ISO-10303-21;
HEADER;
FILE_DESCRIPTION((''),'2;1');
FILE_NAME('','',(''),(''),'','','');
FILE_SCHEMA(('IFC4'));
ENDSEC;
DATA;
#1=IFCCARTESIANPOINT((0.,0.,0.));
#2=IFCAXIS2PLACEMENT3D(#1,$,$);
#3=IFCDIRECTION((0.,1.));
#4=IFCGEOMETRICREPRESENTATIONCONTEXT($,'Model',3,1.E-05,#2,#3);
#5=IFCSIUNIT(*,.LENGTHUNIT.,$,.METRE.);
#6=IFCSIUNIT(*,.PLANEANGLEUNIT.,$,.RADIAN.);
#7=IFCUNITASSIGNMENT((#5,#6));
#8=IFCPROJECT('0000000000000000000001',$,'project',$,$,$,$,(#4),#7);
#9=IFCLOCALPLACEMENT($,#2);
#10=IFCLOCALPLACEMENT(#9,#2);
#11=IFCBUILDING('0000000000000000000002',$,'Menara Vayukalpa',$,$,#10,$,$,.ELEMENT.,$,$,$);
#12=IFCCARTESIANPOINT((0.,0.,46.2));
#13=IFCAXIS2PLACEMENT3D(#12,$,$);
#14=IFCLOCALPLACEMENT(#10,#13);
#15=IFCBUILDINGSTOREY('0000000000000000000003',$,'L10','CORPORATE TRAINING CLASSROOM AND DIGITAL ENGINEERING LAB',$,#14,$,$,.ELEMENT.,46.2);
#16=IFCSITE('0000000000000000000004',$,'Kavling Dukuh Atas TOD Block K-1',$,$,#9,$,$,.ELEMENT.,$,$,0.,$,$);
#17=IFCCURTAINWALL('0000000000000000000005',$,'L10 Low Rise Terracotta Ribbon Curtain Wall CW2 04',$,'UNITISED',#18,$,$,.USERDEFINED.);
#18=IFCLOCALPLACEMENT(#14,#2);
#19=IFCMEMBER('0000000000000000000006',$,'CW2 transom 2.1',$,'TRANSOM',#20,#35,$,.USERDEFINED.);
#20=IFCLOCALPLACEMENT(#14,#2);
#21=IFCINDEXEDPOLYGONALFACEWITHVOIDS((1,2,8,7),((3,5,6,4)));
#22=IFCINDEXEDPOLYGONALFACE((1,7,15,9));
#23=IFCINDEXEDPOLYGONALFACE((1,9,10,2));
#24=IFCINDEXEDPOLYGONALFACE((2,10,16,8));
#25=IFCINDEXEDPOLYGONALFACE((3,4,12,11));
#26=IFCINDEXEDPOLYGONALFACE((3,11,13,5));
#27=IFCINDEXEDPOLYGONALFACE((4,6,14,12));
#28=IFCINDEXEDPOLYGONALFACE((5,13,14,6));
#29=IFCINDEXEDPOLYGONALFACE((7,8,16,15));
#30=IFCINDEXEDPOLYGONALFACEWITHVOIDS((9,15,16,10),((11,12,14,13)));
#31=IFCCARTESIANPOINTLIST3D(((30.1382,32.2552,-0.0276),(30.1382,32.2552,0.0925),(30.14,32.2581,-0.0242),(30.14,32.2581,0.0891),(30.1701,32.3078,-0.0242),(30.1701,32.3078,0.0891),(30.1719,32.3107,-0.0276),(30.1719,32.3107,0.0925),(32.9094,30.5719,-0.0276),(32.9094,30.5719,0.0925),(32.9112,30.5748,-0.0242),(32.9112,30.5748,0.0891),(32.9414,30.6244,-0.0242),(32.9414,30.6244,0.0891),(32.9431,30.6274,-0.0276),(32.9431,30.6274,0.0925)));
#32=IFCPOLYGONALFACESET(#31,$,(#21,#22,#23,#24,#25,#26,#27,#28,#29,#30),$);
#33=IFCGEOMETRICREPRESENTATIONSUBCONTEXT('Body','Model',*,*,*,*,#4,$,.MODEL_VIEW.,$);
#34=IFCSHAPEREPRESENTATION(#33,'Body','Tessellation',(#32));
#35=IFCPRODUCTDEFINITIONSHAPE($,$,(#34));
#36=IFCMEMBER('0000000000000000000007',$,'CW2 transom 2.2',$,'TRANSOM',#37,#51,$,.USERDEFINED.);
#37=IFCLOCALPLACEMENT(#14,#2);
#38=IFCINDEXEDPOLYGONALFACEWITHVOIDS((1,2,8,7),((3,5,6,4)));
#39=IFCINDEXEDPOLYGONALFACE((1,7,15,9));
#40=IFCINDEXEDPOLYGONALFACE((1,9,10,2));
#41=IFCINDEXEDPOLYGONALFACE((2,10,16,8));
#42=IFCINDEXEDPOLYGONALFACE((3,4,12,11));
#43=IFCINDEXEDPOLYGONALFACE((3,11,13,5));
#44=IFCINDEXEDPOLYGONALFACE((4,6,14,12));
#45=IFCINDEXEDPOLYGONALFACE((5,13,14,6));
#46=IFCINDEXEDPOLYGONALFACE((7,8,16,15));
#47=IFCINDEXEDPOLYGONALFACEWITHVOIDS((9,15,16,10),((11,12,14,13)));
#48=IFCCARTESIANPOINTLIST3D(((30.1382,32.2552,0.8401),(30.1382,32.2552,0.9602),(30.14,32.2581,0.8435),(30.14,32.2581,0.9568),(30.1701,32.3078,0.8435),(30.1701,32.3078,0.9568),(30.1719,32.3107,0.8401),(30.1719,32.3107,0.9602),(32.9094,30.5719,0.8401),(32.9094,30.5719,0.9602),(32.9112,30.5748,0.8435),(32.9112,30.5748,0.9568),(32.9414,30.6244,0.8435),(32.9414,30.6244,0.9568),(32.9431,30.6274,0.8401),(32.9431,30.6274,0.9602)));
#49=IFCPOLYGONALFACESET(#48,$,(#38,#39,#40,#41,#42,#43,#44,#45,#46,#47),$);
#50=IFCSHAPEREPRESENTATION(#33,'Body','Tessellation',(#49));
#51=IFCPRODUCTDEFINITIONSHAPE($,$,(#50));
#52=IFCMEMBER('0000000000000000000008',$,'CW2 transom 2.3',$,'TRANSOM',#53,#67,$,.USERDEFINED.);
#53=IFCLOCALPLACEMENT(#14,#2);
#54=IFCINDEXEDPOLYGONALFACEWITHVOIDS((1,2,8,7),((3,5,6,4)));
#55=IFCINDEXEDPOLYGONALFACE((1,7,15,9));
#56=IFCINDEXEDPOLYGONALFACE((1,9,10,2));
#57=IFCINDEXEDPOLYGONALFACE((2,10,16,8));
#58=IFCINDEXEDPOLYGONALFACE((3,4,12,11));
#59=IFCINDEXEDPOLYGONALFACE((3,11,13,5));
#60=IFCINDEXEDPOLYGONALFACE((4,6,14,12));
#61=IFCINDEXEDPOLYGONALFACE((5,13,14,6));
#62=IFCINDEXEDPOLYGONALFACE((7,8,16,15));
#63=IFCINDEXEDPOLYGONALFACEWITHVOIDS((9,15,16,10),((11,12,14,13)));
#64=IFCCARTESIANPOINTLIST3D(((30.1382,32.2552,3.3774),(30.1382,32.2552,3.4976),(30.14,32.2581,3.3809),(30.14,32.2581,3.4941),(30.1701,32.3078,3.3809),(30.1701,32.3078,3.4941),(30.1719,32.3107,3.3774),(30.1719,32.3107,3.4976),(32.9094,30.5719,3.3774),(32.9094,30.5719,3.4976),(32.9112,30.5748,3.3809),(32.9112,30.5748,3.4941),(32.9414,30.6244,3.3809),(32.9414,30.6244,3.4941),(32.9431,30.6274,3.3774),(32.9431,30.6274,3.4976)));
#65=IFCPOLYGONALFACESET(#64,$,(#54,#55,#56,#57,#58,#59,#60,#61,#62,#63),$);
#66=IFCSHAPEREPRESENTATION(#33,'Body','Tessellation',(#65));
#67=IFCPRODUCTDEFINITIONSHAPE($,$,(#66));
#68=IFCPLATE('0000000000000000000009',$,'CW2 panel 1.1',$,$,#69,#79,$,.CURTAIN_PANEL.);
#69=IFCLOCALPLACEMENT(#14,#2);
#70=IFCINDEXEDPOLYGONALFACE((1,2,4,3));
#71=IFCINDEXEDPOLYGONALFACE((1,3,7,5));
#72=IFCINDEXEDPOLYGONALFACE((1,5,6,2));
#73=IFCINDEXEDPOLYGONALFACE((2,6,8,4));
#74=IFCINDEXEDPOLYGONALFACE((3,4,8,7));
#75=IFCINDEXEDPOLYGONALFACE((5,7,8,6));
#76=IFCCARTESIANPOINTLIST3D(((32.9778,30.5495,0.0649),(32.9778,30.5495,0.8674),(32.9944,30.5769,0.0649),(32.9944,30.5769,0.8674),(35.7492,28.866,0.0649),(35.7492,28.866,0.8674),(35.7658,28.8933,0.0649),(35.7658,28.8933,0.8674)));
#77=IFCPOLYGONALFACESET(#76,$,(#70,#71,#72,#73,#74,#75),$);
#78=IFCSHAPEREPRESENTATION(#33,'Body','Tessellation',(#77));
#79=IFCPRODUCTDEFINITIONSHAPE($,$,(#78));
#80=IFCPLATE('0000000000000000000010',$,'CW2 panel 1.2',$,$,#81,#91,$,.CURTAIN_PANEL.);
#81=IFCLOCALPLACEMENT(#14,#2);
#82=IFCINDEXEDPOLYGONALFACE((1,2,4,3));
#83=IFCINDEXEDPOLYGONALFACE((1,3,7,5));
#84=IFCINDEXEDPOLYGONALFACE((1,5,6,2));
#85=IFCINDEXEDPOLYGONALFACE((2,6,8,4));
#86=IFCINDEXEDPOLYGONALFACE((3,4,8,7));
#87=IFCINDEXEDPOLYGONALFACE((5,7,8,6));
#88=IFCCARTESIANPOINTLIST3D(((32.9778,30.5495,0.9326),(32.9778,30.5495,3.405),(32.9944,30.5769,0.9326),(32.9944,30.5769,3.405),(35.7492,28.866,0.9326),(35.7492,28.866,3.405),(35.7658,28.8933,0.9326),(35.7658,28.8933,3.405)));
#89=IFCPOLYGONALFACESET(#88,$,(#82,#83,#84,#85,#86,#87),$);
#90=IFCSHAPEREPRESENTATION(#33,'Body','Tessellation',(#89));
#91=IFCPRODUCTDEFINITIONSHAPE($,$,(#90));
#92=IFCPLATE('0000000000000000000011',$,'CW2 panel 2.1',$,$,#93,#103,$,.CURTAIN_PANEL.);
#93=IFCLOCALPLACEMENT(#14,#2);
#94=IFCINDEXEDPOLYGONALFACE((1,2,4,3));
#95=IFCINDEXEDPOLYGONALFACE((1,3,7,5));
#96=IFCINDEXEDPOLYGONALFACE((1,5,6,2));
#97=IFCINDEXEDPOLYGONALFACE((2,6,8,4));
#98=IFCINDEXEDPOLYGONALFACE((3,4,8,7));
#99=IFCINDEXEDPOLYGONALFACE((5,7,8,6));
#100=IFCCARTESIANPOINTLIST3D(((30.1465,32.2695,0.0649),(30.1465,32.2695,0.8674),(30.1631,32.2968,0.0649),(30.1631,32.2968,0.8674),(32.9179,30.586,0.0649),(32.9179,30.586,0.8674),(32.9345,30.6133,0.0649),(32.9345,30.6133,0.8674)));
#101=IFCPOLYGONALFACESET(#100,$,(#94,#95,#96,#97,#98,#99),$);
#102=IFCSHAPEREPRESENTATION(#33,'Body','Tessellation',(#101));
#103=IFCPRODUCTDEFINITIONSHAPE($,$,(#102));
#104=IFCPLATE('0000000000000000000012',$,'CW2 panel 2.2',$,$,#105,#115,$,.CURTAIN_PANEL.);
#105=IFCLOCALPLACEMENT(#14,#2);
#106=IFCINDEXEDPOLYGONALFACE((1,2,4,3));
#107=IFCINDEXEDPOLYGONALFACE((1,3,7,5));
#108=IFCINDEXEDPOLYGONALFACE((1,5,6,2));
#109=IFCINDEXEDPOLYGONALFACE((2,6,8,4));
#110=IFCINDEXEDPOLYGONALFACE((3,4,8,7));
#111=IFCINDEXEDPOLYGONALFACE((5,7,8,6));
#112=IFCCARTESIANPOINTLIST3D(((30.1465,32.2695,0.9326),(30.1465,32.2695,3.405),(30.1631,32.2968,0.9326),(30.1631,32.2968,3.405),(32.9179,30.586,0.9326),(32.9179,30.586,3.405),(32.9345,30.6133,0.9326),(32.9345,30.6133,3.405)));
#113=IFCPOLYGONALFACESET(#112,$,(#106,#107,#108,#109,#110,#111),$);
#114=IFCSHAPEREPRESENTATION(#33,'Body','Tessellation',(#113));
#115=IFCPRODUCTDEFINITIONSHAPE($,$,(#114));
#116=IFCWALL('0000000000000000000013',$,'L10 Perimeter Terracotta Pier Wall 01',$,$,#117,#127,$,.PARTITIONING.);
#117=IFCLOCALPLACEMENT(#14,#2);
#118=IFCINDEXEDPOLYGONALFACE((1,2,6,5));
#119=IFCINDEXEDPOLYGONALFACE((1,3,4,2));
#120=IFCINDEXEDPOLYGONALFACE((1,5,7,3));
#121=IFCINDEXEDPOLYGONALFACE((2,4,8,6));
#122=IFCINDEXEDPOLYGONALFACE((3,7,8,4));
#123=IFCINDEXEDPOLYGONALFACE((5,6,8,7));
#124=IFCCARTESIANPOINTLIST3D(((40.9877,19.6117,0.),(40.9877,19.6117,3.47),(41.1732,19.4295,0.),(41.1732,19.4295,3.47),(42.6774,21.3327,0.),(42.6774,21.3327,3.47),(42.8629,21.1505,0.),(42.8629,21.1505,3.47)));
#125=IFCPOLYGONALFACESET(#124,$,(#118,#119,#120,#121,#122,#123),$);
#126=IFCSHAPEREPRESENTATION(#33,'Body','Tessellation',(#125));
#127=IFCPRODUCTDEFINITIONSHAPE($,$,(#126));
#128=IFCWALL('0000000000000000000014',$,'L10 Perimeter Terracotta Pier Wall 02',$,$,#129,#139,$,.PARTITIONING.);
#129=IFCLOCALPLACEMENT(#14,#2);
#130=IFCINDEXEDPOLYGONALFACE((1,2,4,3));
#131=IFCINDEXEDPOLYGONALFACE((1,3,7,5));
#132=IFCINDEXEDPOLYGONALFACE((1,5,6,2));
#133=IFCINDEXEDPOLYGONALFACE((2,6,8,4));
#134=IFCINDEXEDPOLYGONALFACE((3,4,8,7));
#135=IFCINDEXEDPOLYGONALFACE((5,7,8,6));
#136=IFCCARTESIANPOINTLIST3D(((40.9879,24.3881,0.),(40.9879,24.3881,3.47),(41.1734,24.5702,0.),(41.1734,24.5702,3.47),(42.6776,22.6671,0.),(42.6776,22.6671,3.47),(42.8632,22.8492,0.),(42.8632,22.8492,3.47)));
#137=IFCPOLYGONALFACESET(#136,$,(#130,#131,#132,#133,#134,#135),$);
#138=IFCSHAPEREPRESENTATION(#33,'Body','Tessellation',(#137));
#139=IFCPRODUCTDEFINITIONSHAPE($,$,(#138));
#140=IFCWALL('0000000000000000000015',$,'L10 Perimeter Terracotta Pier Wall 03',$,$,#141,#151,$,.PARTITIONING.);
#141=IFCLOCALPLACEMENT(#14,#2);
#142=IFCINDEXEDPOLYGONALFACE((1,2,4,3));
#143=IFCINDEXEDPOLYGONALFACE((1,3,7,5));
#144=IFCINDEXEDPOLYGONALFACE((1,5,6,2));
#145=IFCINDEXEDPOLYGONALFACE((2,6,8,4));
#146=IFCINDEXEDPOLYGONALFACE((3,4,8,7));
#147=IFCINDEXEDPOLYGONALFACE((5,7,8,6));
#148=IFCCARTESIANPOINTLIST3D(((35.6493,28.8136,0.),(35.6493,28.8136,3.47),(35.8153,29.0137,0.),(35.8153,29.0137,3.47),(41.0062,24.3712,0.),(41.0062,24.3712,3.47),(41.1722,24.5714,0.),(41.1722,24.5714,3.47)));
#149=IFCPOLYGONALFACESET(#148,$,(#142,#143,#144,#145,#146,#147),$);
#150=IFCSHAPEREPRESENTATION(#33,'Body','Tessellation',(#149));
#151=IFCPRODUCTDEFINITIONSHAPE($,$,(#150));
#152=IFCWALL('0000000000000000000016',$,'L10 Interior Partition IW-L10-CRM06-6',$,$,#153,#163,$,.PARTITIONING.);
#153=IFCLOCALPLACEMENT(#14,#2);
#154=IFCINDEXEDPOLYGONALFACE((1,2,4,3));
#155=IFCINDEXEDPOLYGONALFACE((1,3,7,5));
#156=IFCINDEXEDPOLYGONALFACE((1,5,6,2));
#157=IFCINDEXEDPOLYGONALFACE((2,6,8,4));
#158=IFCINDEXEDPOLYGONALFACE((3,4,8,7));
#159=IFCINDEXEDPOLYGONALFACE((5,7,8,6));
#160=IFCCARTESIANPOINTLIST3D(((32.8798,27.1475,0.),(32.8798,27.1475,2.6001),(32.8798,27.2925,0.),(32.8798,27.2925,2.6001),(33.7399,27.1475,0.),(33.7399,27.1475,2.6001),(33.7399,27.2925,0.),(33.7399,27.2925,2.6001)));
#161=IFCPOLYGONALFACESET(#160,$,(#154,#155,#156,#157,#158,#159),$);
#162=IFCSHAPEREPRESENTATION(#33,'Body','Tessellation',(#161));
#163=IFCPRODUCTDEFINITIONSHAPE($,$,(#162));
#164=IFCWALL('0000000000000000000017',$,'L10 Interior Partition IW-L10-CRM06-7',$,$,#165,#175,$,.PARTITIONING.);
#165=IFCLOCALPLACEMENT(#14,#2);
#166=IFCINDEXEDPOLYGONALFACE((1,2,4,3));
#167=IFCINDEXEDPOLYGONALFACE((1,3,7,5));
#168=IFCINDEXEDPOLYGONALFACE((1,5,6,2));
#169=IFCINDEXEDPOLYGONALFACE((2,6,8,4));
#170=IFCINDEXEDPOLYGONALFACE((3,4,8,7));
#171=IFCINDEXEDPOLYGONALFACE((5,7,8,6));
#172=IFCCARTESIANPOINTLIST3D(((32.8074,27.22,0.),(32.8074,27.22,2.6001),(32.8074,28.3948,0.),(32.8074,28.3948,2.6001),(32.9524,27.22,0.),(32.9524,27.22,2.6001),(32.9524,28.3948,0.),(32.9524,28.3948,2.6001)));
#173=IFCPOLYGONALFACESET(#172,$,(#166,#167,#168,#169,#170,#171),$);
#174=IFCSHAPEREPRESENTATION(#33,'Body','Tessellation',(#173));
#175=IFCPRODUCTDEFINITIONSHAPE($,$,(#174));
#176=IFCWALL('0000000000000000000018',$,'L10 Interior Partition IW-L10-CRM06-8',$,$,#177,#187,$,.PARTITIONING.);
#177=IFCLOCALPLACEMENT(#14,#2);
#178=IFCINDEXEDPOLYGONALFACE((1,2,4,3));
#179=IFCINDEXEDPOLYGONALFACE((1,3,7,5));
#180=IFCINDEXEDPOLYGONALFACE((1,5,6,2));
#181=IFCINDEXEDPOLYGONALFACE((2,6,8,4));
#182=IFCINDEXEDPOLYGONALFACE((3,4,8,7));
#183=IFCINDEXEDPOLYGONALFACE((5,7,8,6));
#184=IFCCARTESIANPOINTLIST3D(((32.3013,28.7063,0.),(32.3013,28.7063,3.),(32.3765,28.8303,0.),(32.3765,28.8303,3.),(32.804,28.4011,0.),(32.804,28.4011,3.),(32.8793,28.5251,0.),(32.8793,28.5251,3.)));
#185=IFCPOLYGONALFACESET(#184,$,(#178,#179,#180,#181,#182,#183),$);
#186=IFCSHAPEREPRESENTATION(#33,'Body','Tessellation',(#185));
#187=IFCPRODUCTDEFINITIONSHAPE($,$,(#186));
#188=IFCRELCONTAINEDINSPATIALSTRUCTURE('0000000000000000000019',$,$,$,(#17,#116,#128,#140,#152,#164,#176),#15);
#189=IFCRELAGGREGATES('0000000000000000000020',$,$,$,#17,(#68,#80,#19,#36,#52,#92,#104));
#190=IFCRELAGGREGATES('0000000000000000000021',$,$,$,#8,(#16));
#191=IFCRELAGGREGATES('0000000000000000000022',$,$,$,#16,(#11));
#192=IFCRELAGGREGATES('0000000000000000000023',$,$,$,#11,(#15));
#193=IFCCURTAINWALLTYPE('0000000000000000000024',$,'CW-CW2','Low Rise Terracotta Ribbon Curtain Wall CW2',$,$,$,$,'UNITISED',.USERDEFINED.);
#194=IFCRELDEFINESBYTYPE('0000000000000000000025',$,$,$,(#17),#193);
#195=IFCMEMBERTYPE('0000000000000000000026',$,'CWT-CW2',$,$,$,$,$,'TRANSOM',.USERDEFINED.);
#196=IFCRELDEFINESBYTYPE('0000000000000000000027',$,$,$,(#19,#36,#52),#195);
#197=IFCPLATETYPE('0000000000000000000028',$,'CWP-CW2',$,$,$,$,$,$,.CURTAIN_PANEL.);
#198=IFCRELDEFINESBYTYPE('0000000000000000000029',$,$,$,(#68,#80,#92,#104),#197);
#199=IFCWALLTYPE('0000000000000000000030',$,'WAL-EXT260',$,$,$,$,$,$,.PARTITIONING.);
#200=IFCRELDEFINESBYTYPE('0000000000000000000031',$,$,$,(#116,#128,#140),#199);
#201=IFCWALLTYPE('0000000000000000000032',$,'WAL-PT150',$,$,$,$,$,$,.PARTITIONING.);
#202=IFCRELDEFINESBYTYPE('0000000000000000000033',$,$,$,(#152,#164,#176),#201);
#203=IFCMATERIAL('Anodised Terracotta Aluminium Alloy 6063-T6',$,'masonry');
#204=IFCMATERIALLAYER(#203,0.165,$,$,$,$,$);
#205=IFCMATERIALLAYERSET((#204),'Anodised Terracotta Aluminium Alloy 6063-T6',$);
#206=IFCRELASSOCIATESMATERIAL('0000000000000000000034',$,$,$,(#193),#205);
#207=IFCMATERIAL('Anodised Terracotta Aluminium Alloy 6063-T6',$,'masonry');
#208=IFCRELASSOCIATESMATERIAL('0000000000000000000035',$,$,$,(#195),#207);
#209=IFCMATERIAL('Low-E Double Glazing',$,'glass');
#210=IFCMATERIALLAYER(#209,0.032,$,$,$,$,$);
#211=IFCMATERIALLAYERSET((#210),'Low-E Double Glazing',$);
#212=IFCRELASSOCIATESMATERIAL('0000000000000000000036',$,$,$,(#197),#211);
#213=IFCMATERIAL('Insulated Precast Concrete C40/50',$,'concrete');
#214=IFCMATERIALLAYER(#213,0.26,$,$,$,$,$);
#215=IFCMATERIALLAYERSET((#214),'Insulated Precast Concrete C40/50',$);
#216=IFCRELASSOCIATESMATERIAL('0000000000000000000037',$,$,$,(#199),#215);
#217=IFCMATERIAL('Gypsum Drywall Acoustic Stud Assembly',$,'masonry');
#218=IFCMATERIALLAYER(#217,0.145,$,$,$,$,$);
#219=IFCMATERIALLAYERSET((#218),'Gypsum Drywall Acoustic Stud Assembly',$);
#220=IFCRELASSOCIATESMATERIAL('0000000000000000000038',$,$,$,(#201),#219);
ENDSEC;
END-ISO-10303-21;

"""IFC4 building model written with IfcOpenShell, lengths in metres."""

from ifc_helpers import new_model, si_unit, direction, frame, frame_2d, origin, origin_2d, place, context, subcontext, project, spatial, rectangle, hollow_rectangle, extrude, material, layer, layer_set, material_profile, profile_set, type_object, element, aggregate, save


model = new_model("IFC4")

# Units and contexts
model_context = context("Model", 3, precision=1e-05, world=origin(), true_north=direction((0.0, 1.0)))
body_context = subcontext(model_context, "Body", "Model", "MODEL_VIEW")
ifc_project = project(units=[si_unit("LENGTHUNIT", "METRE"), si_unit("PLANEANGLEUNIT", "RADIAN")], contexts=[model_context])

# Site, building, storey
site_placement = place(None, origin())
site = spatial("IfcSite", under=ifc_project, at=site_placement, Name="Kavling Dukuh Atas TOD Block K-1", CompositionType="ELEMENT", RefElevation=0.0)
building_placement = place(site_placement, origin())
building = spatial("IfcBuilding", under=site, at=building_placement, Name="Menara Vayukalpa", CompositionType="ELEMENT")
storey_placement = place(building_placement, frame((0.0, 0.0, 46.2)))
storey = spatial("IfcBuildingStorey", under=building, at=storey_placement, Name="L10", Description="CORPORATE TRAINING CLASSROOM AND DIGITAL ENGINEERING LAB", CompositionType="ELEMENT", Elevation=46.2)

# Curtain wall, members, plates
ifc_material_1 = material(Name="Anodised Terracotta Aluminium Alloy 6063-T6", Category="masonry")
ifc_layer_1 = layer(ifc_material_1, 0.165)
ifc_layer_set_1 = layer_set([ifc_layer_1], Name="Anodised Terracotta Aluminium Alloy 6063-T6")
curtain_wall_type = type_object("IfcCurtainWallType", Name="CW-CW2", Description="Low Rise Terracotta Ribbon Curtain Wall CW2", ElementType="UNITISED", PredefinedType="USERDEFINED", material=ifc_layer_set_1)
curtain_wall_placement = place(storey_placement, origin())
curtain_wall = element("IfcCurtainWall", 1, at=curtain_wall_placement, inside=storey, type_object=curtain_wall_type, Name="L10 Low Rise Terracotta Ribbon Curtain Wall CW2 04", ObjectType="UNITISED", PredefinedType="USERDEFINED")
ifc_material_2 = material(Name="Anodised Terracotta Aluminium Alloy 6063-T6", Category="masonry")
ifc_material_profile_1 = material_profile(ifc_material_2, hollow_rectangle(XDim=0.0649, YDim=0.1201, WallThickness=0.0034, at=origin_2d()), Name="ALU 65x120x3.5")
ifc_profile_set_1 = profile_set([ifc_material_profile_1], Name="Anodised Terracotta Aluminium Alloy 6063-T6")
member_type_1 = type_object("IfcMemberType", Name="CWT-CW2", ElementType="TRANSOM", PredefinedType="USERDEFINED", material=ifc_profile_set_1)
member_1_placement = place(storey_placement, frame((32.9263, 30.5996, 0.0325), z_axis=(-0.854677, 0.519161, 0.0), x_axis=(-0.519161, -0.854677, 0.0)))
member_1 = element("IfcMember", 2, at=member_1_placement, type_object=member_type_1, Name="CW2 transom 2.1", ObjectType="TRANSOM", PredefinedType="USERDEFINED", context=body_context, shape_type="SweptSolid", body=[
    extrude(hollow_rectangle(XDim=0.0649, YDim=0.1201, WallThickness=0.0034, at=origin_2d()), origin(), (0.0, 0.0, 1.0), 3.2424),
])
member_2_placement = place(storey_placement, frame((32.9263, 30.5996, 0.9001), z_axis=(-0.854677, 0.519161, 0.0), x_axis=(-0.519161, -0.854677, 0.0)))
member_2 = element("IfcMember", 3, at=member_2_placement, type_object=member_type_1, Name="CW2 transom 2.2", ObjectType="TRANSOM", PredefinedType="USERDEFINED", context=body_context, shape_type="SweptSolid", body=[
    extrude(hollow_rectangle(XDim=0.0649, YDim=0.1201, WallThickness=0.0034, at=origin_2d()), origin(), (0.0, 0.0, 1.0), 3.2424),
])
member_3_placement = place(storey_placement, frame((32.9263, 30.5996, 3.4375), z_axis=(-0.854677, 0.519161, 0.0), x_axis=(-0.519161, -0.854677, 0.0)))
member_3 = element("IfcMember", 4, at=member_3_placement, type_object=member_type_1, Name="CW2 transom 2.3", ObjectType="TRANSOM", PredefinedType="USERDEFINED", context=body_context, shape_type="SweptSolid", body=[
    extrude(hollow_rectangle(XDim=0.0649, YDim=0.1201, WallThickness=0.0034, at=origin_2d()), origin(), (0.0, 0.0, 1.0), 3.2424),
])
ifc_material_3 = material(Name="Low-E Double Glazing", Category="glass")
ifc_layer_2 = layer(ifc_material_3, 0.032)
ifc_layer_set_2 = layer_set([ifc_layer_2], Name="Low-E Double Glazing")
plate_type = type_object("IfcPlateType", Name="CWP-CW2", PredefinedType="CURTAIN_PANEL", material=ifc_layer_set_2)
plate_1_placement = place(storey_placement, frame((34.3718, 29.7214, 0.0649), z_axis=(0.0, 0.0, 1.0), x_axis=(-0.854664, 0.519182, 0.0)))
plate_1 = element("IfcPlate", 5, at=plate_1_placement, type_object=plate_type, Name="CW2 panel 1.1", PredefinedType="CURTAIN_PANEL", context=body_context, shape_type="SweptSolid", body=[
    extrude(rectangle(XDim=3.2427, YDim=0.032, at=origin_2d()), origin(), (0.0, 0.0, 1.0), 0.8025),
])
plate_2_placement = place(storey_placement, frame((34.3718, 29.7214, 0.9326), z_axis=(0.0, 0.0, 1.0), x_axis=(-0.854664, 0.519182, 0.0)))
plate_2 = element("IfcPlate", 6, at=plate_2_placement, type_object=plate_type, Name="CW2 panel 1.2", PredefinedType="CURTAIN_PANEL", context=body_context, shape_type="SweptSolid", body=[
    extrude(rectangle(XDim=3.2427, YDim=0.032, at=origin_2d()), origin(), (0.0, 0.0, 1.0), 2.4724),
])
plate_3_placement = place(storey_placement, frame((31.5405, 31.4414, 0.0649), z_axis=(0.0, 0.0, 1.0), x_axis=(-0.854664, 0.519182, 0.0)))
plate_3 = element("IfcPlate", 7, at=plate_3_placement, type_object=plate_type, Name="CW2 panel 2.1", PredefinedType="CURTAIN_PANEL", context=body_context, shape_type="SweptSolid", body=[
    extrude(rectangle(XDim=3.2427, YDim=0.032, at=origin_2d()), origin(), (0.0, 0.0, 1.0), 0.8025),
])
plate_4_placement = place(storey_placement, frame((31.5405, 31.4414, 0.9326), z_axis=(0.0, 0.0, 1.0), x_axis=(-0.854664, 0.519182, 0.0)))
plate_4 = element("IfcPlate", 8, at=plate_4_placement, type_object=plate_type, Name="CW2 panel 2.2", PredefinedType="CURTAIN_PANEL", context=body_context, shape_type="SweptSolid", body=[
    extrude(rectangle(XDim=3.2427, YDim=0.032, at=origin_2d()), origin(), (0.0, 0.0, 1.0), 2.4724),
])
aggregate(curtain_wall, [plate_1, plate_2, member_1, member_2, member_3, plate_3, plate_4])

# Walls
ifc_material_4 = material(Name="Insulated Precast Concrete C40/50", Category="concrete")
ifc_layer_3 = layer(ifc_material_4, 0.26)
ifc_layer_set_3 = layer_set([ifc_layer_3], Name="Insulated Precast Concrete C40/50")
wall_type_1 = type_object("IfcWallType", Name="WAL-EXT260", PredefinedType="PARTITIONING", material=ifc_layer_set_3)
for number, where, z_axis, x_axis, name in (
    (9, (42.7703, 21.2417, 0.0), (0.0, 0.0, 1.0), (-0.700599, -0.713556, 0.0), "L10 Perimeter Terracotta Pier Wall 01"),
    (10, (41.0806, 24.4792, 0.0), (0.0, 0.0, 1.0), (0.700599, -0.713556, 0.0), "L10 Perimeter Terracotta Pier Wall 02"),
):
    element("IfcWall", number, at=place(storey_placement, frame(where, z_axis=z_axis, x_axis=x_axis)), inside=storey, type_object=wall_type_1, Name=name, PredefinedType="PARTITIONING", context=body_context, shape_type="SweptSolid", body=[
        extrude(rectangle(XDim=2.4119, YDim=0.26, at=frame_2d((1.2061, 0.0))), origin(), (0.0, 0.0, 1.0), 3.47),
    ])
wall_1_placement = place(storey_placement, frame((35.7324, 28.9136, 0.0), z_axis=(0.0, 0.0, 1.0), x_axis=(0.769755, -0.63834, 0.0)))
element("IfcWall", 11, at=wall_1_placement, inside=storey, type_object=wall_type_1, Name="L10 Perimeter Terracotta Pier Wall 03", PredefinedType="PARTITIONING", context=body_context, shape_type="SweptSolid", body=[
    extrude(rectangle(XDim=6.9592, YDim=0.26, at=frame_2d((3.4795, 0.0))), origin(), (0.0, 0.0, 1.0), 3.47),
])
ifc_material_5 = material(Name="Gypsum Drywall Acoustic Stud Assembly", Category="masonry")
ifc_layer_4 = layer(ifc_material_5, 0.145)
ifc_layer_set_4 = layer_set([ifc_layer_4], Name="Gypsum Drywall Acoustic Stud Assembly")
wall_type_2 = type_object("IfcWallType", Name="WAL-PT150", PredefinedType="PARTITIONING", material=ifc_layer_set_4)
wall_2_placement = place(storey_placement, frame((33.74, 27.22, 0.0), z_axis=(0.0, 0.0, 1.0), x_axis=(-1.0, 0.0, 0.0)))
element("IfcWall", 12, at=wall_2_placement, inside=storey, type_object=wall_type_2, Name="L10 Interior Partition IW-L10-CRM06-6", PredefinedType="PARTITIONING", context=body_context, shape_type="SweptSolid", body=[
    extrude(rectangle(XDim=0.8601, YDim=0.145, at=frame_2d((0.4302, 0.0))), origin(), (0.0, 0.0, 1.0), 2.6001),
])
wall_3_placement = place(storey_placement, frame((32.8799, 27.22, 0.0), z_axis=(0.0, 0.0, 1.0), x_axis=(0.0, 1.0, 0.0)))
element("IfcWall", 13, at=wall_3_placement, inside=storey, type_object=wall_type_2, Name="L10 Interior Partition IW-L10-CRM06-7", PredefinedType="PARTITIONING", context=body_context, shape_type="SweptSolid", body=[
    extrude(rectangle(XDim=1.1748, YDim=0.145, at=frame_2d((0.5874, 0.0))), origin(), (0.0, 0.0, 1.0), 2.6001),
])
wall_4_placement = place(storey_placement, frame((32.8416, 28.4631, 0.0), z_axis=(0.0, 0.0, 1.0), x_axis=(-0.854807, 0.518946, 0.0)))
element("IfcWall", 14, at=wall_4_placement, inside=storey, type_object=wall_type_2, Name="L10 Interior Partition IW-L10-CRM06-8", PredefinedType="PARTITIONING", context=body_context, shape_type="SweptSolid", body=[
    extrude(rectangle(XDim=0.5881, YDim=0.145, at=frame_2d((0.2939, 0.0))), origin(), (0.0, 0.0, 1.0), 3.0),
])

save(model, "model.ifc")
